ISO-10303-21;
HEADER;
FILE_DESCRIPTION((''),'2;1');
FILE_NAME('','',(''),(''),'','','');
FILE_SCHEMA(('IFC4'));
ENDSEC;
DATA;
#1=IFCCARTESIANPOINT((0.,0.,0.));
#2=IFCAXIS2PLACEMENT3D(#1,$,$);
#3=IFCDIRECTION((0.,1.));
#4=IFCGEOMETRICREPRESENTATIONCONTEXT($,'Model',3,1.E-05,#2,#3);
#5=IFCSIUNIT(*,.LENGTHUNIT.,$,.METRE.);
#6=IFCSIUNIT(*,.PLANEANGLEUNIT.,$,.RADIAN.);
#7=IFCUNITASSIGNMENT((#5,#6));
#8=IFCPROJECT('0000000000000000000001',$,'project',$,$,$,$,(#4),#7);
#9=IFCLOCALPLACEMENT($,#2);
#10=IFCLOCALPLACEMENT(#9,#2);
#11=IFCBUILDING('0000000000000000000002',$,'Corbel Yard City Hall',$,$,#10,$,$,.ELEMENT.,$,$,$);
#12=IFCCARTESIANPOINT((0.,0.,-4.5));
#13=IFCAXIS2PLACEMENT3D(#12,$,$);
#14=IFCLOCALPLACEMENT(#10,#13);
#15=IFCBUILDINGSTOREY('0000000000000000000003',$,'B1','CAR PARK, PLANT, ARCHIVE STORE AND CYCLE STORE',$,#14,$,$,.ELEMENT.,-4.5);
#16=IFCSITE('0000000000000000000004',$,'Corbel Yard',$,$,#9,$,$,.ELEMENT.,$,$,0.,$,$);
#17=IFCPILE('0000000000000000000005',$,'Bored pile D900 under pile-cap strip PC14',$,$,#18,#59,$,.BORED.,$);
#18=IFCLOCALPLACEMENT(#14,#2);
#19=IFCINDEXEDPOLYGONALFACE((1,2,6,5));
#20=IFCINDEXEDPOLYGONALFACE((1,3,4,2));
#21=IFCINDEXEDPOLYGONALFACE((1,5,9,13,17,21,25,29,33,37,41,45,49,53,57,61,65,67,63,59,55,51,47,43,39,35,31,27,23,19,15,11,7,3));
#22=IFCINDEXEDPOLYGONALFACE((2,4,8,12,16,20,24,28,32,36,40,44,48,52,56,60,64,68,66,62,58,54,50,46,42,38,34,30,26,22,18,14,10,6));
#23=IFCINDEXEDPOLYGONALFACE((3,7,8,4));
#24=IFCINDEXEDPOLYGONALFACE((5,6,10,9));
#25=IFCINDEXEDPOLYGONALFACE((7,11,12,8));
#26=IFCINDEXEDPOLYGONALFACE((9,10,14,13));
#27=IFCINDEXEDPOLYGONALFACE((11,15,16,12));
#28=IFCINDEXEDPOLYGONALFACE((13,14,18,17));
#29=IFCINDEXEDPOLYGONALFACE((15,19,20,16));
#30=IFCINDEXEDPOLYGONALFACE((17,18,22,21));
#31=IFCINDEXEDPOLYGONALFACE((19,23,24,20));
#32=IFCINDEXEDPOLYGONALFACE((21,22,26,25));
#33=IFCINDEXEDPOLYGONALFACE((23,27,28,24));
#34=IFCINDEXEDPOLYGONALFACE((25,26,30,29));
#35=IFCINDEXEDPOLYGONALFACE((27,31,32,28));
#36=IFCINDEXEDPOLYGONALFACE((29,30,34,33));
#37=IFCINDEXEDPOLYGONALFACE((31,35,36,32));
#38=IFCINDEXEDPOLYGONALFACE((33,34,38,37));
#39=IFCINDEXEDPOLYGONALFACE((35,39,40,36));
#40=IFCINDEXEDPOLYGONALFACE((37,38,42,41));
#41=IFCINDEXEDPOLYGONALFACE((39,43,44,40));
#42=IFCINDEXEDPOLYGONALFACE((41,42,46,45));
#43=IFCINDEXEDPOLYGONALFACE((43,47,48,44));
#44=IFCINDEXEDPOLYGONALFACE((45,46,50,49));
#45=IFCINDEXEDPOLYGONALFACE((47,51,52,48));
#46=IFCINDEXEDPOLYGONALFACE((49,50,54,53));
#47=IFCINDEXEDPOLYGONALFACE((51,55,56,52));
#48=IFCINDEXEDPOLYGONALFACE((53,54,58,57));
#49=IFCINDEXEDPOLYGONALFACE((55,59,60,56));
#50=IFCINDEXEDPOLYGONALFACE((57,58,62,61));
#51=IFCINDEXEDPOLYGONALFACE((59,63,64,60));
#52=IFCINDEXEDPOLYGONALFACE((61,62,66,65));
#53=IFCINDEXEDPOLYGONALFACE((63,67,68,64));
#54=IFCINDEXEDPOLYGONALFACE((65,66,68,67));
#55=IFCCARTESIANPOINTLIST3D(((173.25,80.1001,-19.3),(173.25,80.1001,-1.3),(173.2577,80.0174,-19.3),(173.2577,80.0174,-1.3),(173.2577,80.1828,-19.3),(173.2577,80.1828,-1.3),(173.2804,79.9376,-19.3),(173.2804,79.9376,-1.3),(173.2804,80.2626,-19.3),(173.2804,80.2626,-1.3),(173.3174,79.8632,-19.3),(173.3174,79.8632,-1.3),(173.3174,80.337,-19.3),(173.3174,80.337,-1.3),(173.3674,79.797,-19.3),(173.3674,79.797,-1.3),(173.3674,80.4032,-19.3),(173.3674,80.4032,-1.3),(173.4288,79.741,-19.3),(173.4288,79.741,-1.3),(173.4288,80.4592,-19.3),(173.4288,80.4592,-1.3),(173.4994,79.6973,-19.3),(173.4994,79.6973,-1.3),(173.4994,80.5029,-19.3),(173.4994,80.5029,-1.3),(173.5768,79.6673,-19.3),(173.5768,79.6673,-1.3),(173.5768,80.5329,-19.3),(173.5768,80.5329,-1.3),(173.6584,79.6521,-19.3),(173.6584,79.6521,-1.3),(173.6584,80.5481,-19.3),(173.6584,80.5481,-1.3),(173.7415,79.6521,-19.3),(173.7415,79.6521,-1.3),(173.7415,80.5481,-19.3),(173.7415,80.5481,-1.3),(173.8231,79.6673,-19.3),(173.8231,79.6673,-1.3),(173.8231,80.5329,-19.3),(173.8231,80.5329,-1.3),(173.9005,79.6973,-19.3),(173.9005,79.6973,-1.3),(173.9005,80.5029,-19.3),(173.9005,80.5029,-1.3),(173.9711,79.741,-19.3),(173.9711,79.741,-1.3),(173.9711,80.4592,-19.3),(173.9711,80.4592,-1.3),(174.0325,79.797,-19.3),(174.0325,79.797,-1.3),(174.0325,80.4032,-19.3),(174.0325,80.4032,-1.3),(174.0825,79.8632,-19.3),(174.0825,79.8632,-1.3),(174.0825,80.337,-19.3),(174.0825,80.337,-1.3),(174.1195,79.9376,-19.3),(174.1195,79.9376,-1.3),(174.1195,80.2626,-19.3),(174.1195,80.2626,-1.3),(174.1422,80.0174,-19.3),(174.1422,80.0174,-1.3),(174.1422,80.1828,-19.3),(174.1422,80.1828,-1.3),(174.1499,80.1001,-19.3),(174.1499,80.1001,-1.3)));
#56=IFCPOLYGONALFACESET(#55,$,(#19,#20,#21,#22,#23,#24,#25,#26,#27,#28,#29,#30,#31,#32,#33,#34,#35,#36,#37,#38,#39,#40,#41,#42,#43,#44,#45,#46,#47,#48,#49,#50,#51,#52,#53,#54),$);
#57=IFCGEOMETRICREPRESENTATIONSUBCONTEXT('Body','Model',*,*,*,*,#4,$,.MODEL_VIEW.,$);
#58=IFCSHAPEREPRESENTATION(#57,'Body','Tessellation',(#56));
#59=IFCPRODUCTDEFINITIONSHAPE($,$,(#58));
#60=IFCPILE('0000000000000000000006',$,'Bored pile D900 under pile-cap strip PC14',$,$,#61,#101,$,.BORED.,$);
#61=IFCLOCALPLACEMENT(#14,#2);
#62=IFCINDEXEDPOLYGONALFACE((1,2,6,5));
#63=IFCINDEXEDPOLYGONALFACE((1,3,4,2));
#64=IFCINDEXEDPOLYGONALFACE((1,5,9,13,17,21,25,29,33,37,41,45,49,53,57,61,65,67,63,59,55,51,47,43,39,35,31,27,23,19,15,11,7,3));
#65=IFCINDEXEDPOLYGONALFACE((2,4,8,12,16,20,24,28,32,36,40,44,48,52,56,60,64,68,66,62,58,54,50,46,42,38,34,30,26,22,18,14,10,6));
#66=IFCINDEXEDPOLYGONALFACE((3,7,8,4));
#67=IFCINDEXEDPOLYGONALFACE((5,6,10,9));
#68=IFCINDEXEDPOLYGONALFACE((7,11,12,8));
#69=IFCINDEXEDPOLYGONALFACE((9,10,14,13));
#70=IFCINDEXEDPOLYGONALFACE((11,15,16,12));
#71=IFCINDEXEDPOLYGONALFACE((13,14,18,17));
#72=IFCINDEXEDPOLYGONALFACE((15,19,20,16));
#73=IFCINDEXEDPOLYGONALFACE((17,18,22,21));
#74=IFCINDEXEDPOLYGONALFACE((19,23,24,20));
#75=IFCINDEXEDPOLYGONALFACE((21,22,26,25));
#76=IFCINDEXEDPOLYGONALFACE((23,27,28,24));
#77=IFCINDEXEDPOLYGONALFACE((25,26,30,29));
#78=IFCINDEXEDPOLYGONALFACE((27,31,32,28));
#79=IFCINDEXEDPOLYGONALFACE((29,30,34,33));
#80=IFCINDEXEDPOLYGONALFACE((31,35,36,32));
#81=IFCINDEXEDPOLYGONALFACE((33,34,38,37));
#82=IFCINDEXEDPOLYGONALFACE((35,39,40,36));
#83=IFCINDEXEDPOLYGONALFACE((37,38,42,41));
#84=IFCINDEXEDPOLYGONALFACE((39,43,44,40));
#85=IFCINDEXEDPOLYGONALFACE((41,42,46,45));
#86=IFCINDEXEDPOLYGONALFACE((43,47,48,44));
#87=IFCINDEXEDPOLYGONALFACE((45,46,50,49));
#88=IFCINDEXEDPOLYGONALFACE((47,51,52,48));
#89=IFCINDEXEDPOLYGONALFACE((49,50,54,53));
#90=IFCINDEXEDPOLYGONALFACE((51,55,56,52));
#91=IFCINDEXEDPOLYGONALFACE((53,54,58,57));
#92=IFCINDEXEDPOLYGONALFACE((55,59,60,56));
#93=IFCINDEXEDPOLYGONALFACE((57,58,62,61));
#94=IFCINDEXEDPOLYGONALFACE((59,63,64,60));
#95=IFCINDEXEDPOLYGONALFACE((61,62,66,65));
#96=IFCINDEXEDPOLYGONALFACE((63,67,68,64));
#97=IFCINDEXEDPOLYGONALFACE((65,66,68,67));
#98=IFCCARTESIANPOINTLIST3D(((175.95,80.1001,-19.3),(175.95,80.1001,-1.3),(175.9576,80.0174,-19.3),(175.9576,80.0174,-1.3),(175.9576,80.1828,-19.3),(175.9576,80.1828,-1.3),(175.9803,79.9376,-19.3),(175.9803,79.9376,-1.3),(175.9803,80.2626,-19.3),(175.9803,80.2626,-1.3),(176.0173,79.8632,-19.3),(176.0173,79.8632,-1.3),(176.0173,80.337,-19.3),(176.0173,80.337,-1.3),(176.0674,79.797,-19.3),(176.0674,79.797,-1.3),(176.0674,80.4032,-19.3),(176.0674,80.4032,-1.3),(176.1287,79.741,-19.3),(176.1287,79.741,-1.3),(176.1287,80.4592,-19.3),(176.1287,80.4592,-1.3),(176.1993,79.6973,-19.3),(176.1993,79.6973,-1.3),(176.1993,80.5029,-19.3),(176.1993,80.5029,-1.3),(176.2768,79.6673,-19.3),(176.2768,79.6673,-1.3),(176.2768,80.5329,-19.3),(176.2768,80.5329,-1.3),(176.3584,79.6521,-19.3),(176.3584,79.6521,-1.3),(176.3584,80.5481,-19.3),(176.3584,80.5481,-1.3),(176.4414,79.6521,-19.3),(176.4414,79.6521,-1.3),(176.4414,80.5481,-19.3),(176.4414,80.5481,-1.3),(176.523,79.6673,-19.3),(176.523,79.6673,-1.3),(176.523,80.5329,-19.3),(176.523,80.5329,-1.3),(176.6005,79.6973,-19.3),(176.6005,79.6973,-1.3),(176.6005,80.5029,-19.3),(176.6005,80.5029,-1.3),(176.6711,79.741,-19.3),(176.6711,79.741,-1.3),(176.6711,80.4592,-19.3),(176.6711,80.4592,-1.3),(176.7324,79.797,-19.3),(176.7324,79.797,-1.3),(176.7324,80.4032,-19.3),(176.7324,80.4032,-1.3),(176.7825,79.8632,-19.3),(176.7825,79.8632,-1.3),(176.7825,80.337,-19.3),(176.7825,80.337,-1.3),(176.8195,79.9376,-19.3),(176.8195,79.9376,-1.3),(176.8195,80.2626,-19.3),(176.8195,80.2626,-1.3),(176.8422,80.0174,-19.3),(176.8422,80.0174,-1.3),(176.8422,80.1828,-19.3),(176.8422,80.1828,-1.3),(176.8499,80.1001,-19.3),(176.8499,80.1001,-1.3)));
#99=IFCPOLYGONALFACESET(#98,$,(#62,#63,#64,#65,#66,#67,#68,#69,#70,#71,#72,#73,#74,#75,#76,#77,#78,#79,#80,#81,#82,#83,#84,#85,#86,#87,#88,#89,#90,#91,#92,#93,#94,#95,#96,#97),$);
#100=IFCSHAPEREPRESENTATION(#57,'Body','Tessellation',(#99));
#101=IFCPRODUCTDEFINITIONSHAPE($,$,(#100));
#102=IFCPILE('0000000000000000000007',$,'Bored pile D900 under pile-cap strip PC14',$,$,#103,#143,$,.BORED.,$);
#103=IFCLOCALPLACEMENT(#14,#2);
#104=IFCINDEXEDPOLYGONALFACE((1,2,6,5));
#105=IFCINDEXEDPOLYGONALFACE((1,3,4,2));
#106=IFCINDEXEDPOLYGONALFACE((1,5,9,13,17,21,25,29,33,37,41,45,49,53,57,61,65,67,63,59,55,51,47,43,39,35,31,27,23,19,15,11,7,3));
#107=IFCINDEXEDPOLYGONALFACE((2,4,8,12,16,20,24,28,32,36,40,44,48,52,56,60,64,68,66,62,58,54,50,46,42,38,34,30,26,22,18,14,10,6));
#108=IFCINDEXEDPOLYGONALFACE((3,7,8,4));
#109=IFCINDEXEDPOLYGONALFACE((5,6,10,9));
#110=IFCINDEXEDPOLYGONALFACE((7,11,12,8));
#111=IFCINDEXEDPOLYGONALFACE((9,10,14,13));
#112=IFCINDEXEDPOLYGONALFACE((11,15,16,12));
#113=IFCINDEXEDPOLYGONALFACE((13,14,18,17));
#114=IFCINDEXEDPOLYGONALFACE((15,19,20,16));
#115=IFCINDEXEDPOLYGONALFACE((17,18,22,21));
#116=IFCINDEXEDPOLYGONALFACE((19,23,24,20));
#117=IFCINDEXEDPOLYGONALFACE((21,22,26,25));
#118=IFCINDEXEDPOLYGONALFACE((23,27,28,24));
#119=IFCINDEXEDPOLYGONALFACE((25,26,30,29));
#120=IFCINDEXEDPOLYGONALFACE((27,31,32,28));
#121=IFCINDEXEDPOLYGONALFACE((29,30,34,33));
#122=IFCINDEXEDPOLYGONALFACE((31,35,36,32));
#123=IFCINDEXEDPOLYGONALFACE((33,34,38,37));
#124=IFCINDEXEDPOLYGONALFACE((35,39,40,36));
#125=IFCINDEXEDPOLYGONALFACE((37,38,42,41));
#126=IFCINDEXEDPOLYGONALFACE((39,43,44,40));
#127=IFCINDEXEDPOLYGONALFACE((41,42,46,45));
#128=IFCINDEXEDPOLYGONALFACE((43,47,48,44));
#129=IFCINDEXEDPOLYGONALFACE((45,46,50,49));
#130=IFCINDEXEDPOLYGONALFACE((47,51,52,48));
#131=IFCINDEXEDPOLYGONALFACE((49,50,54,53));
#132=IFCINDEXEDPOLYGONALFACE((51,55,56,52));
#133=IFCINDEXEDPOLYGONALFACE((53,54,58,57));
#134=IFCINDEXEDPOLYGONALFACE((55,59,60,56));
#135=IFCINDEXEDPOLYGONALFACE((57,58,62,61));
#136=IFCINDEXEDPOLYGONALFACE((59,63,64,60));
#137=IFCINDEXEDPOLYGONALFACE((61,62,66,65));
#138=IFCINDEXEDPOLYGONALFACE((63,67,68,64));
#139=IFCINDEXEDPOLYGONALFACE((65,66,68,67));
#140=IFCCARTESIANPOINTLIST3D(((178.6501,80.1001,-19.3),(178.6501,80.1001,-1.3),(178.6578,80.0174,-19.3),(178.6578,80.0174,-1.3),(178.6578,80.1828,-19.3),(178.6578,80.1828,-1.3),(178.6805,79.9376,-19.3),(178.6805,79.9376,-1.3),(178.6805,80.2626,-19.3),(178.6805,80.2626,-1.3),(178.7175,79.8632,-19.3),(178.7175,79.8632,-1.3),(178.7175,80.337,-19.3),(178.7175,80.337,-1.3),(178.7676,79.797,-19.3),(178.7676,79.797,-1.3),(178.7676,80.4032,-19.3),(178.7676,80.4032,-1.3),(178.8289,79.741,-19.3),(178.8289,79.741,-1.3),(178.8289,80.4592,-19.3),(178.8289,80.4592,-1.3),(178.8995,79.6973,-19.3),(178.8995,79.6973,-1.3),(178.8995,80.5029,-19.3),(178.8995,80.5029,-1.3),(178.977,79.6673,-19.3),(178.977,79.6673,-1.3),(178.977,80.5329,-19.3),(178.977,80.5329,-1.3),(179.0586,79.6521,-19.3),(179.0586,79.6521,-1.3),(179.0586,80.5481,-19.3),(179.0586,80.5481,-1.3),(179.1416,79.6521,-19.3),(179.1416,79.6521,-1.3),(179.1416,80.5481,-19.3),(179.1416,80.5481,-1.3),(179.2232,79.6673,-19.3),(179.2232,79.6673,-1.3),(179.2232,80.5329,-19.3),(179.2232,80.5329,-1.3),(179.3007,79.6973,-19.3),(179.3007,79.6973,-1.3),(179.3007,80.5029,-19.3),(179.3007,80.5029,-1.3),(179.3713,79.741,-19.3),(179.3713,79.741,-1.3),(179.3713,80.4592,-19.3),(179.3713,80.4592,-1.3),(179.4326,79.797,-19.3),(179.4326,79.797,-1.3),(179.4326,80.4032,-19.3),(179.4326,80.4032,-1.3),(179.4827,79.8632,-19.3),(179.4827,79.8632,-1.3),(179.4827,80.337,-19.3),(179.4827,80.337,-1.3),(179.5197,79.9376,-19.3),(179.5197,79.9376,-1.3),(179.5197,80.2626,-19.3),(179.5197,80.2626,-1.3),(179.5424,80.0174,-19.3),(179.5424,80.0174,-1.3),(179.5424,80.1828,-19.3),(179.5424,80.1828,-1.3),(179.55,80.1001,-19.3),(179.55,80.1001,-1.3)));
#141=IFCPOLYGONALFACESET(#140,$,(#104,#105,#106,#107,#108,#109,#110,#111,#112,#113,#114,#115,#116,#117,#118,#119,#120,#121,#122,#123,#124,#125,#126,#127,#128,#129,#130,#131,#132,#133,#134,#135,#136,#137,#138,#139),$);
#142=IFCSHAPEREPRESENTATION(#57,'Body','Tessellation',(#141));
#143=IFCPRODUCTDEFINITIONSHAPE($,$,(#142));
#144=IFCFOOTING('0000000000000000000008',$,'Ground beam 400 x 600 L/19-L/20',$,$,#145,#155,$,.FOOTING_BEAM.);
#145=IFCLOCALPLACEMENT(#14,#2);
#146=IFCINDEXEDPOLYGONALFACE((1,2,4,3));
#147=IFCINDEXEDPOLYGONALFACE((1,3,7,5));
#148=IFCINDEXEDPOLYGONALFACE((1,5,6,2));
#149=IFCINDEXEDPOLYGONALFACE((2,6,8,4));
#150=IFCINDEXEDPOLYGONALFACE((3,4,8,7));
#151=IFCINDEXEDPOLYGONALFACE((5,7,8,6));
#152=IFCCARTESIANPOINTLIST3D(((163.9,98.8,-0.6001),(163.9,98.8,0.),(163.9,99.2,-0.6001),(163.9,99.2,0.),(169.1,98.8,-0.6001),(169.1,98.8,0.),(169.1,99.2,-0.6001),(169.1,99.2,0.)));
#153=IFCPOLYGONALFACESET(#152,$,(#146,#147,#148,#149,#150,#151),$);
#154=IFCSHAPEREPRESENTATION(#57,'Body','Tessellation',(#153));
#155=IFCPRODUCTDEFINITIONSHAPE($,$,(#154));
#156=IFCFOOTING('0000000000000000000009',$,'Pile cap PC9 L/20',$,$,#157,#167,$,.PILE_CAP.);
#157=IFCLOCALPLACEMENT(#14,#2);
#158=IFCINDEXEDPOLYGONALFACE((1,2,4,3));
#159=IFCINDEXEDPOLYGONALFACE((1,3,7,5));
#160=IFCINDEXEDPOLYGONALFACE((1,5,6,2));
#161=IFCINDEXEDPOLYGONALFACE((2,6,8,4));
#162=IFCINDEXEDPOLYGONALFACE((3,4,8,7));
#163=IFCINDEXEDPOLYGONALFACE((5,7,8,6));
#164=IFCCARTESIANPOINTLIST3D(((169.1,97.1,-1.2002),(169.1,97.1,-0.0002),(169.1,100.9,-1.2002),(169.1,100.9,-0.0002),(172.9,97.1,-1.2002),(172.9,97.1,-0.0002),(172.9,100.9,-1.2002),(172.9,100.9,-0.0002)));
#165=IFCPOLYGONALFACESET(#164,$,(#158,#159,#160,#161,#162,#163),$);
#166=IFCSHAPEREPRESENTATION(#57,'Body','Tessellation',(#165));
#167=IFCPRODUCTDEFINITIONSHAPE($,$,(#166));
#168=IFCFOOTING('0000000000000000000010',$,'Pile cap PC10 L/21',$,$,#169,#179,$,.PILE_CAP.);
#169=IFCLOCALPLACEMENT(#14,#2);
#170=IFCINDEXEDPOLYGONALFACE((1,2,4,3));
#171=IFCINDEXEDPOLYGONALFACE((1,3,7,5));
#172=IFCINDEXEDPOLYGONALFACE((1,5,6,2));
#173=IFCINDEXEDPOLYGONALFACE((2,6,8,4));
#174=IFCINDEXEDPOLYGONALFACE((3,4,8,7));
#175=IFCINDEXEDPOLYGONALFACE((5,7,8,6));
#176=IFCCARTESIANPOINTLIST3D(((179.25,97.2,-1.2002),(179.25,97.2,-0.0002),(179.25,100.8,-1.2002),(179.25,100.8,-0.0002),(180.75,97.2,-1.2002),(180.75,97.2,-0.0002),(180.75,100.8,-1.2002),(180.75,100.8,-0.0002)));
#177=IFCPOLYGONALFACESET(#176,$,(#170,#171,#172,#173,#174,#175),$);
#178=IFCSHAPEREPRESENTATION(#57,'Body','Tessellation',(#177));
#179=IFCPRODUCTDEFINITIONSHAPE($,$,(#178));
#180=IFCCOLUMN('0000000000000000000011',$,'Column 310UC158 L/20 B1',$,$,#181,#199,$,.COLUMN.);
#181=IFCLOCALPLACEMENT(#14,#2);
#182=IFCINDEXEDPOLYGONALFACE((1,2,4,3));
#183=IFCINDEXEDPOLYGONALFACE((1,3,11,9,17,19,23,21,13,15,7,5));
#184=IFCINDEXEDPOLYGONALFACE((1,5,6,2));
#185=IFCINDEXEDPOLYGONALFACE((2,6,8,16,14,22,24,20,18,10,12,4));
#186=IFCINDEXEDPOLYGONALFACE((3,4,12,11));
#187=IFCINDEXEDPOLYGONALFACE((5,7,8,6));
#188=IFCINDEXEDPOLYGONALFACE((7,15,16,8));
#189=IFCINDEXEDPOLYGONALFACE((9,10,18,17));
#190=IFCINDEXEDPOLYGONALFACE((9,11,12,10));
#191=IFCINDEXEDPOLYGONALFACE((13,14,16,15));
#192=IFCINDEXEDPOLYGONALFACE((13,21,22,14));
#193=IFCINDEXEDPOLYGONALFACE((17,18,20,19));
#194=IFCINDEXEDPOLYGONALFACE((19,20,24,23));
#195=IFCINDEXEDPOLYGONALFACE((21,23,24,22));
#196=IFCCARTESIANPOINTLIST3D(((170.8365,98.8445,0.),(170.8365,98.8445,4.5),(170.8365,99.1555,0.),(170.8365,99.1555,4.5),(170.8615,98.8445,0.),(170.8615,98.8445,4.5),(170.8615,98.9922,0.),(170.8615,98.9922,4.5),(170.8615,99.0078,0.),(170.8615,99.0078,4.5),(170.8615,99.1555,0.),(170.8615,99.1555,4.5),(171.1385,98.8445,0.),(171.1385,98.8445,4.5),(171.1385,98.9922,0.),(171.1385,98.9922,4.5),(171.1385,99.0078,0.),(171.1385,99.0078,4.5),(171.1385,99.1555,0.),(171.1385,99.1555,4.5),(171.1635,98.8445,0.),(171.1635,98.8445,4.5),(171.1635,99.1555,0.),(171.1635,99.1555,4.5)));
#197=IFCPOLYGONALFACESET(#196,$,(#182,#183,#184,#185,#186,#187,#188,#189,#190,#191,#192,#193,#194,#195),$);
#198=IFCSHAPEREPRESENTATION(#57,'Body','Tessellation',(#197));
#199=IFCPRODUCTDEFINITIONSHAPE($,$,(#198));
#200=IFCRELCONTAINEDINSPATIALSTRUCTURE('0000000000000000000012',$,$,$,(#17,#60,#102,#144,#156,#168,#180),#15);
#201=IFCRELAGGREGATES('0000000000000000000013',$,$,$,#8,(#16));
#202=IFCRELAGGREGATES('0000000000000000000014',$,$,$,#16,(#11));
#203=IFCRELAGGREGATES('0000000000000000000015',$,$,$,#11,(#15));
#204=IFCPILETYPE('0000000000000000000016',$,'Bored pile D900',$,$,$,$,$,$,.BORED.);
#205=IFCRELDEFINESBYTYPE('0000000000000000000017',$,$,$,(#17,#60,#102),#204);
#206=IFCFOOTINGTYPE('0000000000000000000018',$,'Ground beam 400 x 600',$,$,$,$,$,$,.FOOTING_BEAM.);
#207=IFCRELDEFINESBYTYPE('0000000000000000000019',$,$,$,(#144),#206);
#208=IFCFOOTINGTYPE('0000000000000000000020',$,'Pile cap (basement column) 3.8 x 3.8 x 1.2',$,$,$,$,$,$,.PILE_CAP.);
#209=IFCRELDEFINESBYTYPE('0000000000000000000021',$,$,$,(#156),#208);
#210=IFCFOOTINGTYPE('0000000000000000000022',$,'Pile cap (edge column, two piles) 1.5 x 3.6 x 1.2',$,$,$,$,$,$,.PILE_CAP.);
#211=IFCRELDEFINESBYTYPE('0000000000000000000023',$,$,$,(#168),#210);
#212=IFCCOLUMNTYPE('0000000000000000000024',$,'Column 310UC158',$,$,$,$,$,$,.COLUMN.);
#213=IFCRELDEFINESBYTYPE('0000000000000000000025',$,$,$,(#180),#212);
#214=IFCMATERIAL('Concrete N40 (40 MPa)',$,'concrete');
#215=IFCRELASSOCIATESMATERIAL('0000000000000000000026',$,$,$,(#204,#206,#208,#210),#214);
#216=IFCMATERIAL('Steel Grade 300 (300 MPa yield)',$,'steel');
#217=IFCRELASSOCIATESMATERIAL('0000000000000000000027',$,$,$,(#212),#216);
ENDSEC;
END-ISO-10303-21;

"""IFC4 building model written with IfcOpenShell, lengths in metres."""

from ifc_helpers import new_model, si_unit, direction, frame, origin, origin_2d, place, context, subcontext, project, spatial, rectangle, circle, i_section, extrude, material, material_profile, profile_set, type_object, element, save


model = new_model("IFC4")

# Units and contexts
model_context = context("Model", 3, precision=1e-05, world=origin(), true_north=direction((0.0, 1.0)))
body_context = subcontext(model_context, "Body", "Model", "MODEL_VIEW")
ifc_project = project(units=[si_unit("LENGTHUNIT", "METRE"), si_unit("PLANEANGLEUNIT", "RADIAN")], contexts=[model_context])

# Site, building, storey
site_placement = place(None, origin())
site = spatial("IfcSite", under=ifc_project, at=site_placement, Name="Corbel Yard", CompositionType="ELEMENT", RefElevation=0.0)
building_placement = place(site_placement, origin())
building = spatial("IfcBuilding", under=site, at=building_placement, Name="Corbel Yard City Hall", CompositionType="ELEMENT")
storey_placement = place(building_placement, frame((0.0, 0.0, -4.5)))
storey = spatial("IfcBuildingStorey", under=building, at=storey_placement, Name="B1", Description="CAR PARK, PLANT, ARCHIVE STORE AND CYCLE STORE", CompositionType="ELEMENT", Elevation=-4.5)

# Piles
ifc_material_1 = material(Name="Concrete N40 (40 MPa)", Category="concrete")
ifc_material_profile_1 = material_profile(ifc_material_1, circle(Radius=0.45, at=origin_2d()), Name="D900")
ifc_profile_set_1 = profile_set([ifc_material_profile_1], Name="Concrete N40 (40 MPa)")
pile_type = type_object("IfcPileType", Name="Bored pile D900", PredefinedType="BORED", material=ifc_profile_set_1)
for number, where, z_axis, x_axis, name in (
    (1, (173.7, 80.1001, -1.3), (0.0, 0.0, -1.0), (1.0, 0.0, 0.0), "Bored pile D900 under pile-cap strip PC14"),
    (2, (176.3999, 80.1001, -1.3), (0.0, 0.0, -1.0), (1.0, 0.0, 0.0), "Bored pile D900 under pile-cap strip PC14"),
    (3, (179.1001, 80.1001, -1.3), (0.0, 0.0, -1.0), (1.0, 0.0, 0.0), "Bored pile D900 under pile-cap strip PC14"),
):
    element("IfcPile", number, at=place(storey_placement, frame(where, z_axis=z_axis, x_axis=x_axis)), inside=storey, type_object=pile_type, Name=name, PredefinedType="BORED", context=body_context, shape_type="SweptSolid", body=[
        extrude(circle(Radius=0.45, at=origin_2d()), origin(), (0.0, 0.0, 1.0), 18.0),
    ])

# Footings
footing_type_1 = type_object("IfcFootingType", Name="Ground beam 400 x 600", PredefinedType="FOOTING_BEAM", material=ifc_material_1)
footing_1_placement = place(storey_placement, frame((166.5, 99.0, -0.6001), z_axis=(0.0, 0.0, 1.0), x_axis=(1.0, 0.0, 0.0)))
element("IfcFooting", 4, at=footing_1_placement, inside=storey, type_object=footing_type_1, Name="Ground beam 400 x 600 L/19-L/20", PredefinedType="FOOTING_BEAM", context=body_context, shape_type="SweptSolid", body=[
    extrude(rectangle(XDim=5.2, YDim=0.3999, at=origin_2d()), origin(), (0.0, 0.0, 1.0), 0.6001),
])
footing_type_2 = type_object("IfcFootingType", Name="Pile cap (basement column) 3.8 x 3.8 x 1.2", PredefinedType="PILE_CAP", material=ifc_material_1)
footing_2_placement = place(storey_placement, frame((171.0, 99.0, -1.2002), z_axis=(0.0, 0.0, 1.0), x_axis=(1.0, 0.0, 0.0)))
element("IfcFooting", 5, at=footing_2_placement, inside=storey, type_object=footing_type_2, Name="Pile cap PC9 L/20", PredefinedType="PILE_CAP", context=body_context, shape_type="SweptSolid", body=[
    extrude(rectangle(XDim=3.8, YDim=3.8, at=origin_2d()), origin(), (0.0, 0.0, 1.0), 1.2),
])
footing_type_3 = type_object("IfcFootingType", Name="Pile cap (edge column, two piles) 1.5 x 3.6 x 1.2", PredefinedType="PILE_CAP", material=ifc_material_1)
footing_3_placement = place(storey_placement, frame((180.0, 99.0, -1.2002), z_axis=(0.0, 0.0, 1.0), x_axis=(1.0, 0.0, 0.0)))
element("IfcFooting", 6, at=footing_3_placement, inside=storey, type_object=footing_type_3, Name="Pile cap PC10 L/21", PredefinedType="PILE_CAP", context=body_context, shape_type="SweptSolid", body=[
    extrude(rectangle(XDim=1.5, YDim=3.6001, at=origin_2d()), origin(), (0.0, 0.0, 1.0), 1.2),
])

# Column
ifc_material_2 = material(Name="Steel Grade 300 (300 MPa yield)", Category="steel")
ifc_material_profile_2 = material_profile(ifc_material_2, i_section(OverallWidth=0.311, OverallDepth=0.3269, WebThickness=0.0156, FlangeThickness=0.0249, at=origin_2d()), Name="310UC158")
ifc_profile_set_2 = profile_set([ifc_material_profile_2], Name="Steel Grade 300 (300 MPa yield)")
column_type = type_object("IfcColumnType", Name="Column 310UC158", PredefinedType="COLUMN", material=ifc_profile_set_2)
for number, where, z_axis, x_axis, name in (
    (7, (171.0, 99.0, 0.0), (0.0, 0.0, 1.0), (0.0, 1.0, 0.0), "Column 310UC158 L/20 B1"),
):
    element("IfcColumn", number, at=place(storey_placement, frame(where, z_axis=z_axis, x_axis=x_axis)), inside=storey, type_object=column_type, Name=name, PredefinedType="COLUMN", context=body_context, shape_type="SweptSolid", body=[
        extrude(i_section(OverallWidth=0.311, OverallDepth=0.3269, WebThickness=0.0156, FlangeThickness=0.0249, at=origin_2d()), origin(), (0.0, 0.0, 1.0), 4.5),
    ])

save(model, "model.ifc")
